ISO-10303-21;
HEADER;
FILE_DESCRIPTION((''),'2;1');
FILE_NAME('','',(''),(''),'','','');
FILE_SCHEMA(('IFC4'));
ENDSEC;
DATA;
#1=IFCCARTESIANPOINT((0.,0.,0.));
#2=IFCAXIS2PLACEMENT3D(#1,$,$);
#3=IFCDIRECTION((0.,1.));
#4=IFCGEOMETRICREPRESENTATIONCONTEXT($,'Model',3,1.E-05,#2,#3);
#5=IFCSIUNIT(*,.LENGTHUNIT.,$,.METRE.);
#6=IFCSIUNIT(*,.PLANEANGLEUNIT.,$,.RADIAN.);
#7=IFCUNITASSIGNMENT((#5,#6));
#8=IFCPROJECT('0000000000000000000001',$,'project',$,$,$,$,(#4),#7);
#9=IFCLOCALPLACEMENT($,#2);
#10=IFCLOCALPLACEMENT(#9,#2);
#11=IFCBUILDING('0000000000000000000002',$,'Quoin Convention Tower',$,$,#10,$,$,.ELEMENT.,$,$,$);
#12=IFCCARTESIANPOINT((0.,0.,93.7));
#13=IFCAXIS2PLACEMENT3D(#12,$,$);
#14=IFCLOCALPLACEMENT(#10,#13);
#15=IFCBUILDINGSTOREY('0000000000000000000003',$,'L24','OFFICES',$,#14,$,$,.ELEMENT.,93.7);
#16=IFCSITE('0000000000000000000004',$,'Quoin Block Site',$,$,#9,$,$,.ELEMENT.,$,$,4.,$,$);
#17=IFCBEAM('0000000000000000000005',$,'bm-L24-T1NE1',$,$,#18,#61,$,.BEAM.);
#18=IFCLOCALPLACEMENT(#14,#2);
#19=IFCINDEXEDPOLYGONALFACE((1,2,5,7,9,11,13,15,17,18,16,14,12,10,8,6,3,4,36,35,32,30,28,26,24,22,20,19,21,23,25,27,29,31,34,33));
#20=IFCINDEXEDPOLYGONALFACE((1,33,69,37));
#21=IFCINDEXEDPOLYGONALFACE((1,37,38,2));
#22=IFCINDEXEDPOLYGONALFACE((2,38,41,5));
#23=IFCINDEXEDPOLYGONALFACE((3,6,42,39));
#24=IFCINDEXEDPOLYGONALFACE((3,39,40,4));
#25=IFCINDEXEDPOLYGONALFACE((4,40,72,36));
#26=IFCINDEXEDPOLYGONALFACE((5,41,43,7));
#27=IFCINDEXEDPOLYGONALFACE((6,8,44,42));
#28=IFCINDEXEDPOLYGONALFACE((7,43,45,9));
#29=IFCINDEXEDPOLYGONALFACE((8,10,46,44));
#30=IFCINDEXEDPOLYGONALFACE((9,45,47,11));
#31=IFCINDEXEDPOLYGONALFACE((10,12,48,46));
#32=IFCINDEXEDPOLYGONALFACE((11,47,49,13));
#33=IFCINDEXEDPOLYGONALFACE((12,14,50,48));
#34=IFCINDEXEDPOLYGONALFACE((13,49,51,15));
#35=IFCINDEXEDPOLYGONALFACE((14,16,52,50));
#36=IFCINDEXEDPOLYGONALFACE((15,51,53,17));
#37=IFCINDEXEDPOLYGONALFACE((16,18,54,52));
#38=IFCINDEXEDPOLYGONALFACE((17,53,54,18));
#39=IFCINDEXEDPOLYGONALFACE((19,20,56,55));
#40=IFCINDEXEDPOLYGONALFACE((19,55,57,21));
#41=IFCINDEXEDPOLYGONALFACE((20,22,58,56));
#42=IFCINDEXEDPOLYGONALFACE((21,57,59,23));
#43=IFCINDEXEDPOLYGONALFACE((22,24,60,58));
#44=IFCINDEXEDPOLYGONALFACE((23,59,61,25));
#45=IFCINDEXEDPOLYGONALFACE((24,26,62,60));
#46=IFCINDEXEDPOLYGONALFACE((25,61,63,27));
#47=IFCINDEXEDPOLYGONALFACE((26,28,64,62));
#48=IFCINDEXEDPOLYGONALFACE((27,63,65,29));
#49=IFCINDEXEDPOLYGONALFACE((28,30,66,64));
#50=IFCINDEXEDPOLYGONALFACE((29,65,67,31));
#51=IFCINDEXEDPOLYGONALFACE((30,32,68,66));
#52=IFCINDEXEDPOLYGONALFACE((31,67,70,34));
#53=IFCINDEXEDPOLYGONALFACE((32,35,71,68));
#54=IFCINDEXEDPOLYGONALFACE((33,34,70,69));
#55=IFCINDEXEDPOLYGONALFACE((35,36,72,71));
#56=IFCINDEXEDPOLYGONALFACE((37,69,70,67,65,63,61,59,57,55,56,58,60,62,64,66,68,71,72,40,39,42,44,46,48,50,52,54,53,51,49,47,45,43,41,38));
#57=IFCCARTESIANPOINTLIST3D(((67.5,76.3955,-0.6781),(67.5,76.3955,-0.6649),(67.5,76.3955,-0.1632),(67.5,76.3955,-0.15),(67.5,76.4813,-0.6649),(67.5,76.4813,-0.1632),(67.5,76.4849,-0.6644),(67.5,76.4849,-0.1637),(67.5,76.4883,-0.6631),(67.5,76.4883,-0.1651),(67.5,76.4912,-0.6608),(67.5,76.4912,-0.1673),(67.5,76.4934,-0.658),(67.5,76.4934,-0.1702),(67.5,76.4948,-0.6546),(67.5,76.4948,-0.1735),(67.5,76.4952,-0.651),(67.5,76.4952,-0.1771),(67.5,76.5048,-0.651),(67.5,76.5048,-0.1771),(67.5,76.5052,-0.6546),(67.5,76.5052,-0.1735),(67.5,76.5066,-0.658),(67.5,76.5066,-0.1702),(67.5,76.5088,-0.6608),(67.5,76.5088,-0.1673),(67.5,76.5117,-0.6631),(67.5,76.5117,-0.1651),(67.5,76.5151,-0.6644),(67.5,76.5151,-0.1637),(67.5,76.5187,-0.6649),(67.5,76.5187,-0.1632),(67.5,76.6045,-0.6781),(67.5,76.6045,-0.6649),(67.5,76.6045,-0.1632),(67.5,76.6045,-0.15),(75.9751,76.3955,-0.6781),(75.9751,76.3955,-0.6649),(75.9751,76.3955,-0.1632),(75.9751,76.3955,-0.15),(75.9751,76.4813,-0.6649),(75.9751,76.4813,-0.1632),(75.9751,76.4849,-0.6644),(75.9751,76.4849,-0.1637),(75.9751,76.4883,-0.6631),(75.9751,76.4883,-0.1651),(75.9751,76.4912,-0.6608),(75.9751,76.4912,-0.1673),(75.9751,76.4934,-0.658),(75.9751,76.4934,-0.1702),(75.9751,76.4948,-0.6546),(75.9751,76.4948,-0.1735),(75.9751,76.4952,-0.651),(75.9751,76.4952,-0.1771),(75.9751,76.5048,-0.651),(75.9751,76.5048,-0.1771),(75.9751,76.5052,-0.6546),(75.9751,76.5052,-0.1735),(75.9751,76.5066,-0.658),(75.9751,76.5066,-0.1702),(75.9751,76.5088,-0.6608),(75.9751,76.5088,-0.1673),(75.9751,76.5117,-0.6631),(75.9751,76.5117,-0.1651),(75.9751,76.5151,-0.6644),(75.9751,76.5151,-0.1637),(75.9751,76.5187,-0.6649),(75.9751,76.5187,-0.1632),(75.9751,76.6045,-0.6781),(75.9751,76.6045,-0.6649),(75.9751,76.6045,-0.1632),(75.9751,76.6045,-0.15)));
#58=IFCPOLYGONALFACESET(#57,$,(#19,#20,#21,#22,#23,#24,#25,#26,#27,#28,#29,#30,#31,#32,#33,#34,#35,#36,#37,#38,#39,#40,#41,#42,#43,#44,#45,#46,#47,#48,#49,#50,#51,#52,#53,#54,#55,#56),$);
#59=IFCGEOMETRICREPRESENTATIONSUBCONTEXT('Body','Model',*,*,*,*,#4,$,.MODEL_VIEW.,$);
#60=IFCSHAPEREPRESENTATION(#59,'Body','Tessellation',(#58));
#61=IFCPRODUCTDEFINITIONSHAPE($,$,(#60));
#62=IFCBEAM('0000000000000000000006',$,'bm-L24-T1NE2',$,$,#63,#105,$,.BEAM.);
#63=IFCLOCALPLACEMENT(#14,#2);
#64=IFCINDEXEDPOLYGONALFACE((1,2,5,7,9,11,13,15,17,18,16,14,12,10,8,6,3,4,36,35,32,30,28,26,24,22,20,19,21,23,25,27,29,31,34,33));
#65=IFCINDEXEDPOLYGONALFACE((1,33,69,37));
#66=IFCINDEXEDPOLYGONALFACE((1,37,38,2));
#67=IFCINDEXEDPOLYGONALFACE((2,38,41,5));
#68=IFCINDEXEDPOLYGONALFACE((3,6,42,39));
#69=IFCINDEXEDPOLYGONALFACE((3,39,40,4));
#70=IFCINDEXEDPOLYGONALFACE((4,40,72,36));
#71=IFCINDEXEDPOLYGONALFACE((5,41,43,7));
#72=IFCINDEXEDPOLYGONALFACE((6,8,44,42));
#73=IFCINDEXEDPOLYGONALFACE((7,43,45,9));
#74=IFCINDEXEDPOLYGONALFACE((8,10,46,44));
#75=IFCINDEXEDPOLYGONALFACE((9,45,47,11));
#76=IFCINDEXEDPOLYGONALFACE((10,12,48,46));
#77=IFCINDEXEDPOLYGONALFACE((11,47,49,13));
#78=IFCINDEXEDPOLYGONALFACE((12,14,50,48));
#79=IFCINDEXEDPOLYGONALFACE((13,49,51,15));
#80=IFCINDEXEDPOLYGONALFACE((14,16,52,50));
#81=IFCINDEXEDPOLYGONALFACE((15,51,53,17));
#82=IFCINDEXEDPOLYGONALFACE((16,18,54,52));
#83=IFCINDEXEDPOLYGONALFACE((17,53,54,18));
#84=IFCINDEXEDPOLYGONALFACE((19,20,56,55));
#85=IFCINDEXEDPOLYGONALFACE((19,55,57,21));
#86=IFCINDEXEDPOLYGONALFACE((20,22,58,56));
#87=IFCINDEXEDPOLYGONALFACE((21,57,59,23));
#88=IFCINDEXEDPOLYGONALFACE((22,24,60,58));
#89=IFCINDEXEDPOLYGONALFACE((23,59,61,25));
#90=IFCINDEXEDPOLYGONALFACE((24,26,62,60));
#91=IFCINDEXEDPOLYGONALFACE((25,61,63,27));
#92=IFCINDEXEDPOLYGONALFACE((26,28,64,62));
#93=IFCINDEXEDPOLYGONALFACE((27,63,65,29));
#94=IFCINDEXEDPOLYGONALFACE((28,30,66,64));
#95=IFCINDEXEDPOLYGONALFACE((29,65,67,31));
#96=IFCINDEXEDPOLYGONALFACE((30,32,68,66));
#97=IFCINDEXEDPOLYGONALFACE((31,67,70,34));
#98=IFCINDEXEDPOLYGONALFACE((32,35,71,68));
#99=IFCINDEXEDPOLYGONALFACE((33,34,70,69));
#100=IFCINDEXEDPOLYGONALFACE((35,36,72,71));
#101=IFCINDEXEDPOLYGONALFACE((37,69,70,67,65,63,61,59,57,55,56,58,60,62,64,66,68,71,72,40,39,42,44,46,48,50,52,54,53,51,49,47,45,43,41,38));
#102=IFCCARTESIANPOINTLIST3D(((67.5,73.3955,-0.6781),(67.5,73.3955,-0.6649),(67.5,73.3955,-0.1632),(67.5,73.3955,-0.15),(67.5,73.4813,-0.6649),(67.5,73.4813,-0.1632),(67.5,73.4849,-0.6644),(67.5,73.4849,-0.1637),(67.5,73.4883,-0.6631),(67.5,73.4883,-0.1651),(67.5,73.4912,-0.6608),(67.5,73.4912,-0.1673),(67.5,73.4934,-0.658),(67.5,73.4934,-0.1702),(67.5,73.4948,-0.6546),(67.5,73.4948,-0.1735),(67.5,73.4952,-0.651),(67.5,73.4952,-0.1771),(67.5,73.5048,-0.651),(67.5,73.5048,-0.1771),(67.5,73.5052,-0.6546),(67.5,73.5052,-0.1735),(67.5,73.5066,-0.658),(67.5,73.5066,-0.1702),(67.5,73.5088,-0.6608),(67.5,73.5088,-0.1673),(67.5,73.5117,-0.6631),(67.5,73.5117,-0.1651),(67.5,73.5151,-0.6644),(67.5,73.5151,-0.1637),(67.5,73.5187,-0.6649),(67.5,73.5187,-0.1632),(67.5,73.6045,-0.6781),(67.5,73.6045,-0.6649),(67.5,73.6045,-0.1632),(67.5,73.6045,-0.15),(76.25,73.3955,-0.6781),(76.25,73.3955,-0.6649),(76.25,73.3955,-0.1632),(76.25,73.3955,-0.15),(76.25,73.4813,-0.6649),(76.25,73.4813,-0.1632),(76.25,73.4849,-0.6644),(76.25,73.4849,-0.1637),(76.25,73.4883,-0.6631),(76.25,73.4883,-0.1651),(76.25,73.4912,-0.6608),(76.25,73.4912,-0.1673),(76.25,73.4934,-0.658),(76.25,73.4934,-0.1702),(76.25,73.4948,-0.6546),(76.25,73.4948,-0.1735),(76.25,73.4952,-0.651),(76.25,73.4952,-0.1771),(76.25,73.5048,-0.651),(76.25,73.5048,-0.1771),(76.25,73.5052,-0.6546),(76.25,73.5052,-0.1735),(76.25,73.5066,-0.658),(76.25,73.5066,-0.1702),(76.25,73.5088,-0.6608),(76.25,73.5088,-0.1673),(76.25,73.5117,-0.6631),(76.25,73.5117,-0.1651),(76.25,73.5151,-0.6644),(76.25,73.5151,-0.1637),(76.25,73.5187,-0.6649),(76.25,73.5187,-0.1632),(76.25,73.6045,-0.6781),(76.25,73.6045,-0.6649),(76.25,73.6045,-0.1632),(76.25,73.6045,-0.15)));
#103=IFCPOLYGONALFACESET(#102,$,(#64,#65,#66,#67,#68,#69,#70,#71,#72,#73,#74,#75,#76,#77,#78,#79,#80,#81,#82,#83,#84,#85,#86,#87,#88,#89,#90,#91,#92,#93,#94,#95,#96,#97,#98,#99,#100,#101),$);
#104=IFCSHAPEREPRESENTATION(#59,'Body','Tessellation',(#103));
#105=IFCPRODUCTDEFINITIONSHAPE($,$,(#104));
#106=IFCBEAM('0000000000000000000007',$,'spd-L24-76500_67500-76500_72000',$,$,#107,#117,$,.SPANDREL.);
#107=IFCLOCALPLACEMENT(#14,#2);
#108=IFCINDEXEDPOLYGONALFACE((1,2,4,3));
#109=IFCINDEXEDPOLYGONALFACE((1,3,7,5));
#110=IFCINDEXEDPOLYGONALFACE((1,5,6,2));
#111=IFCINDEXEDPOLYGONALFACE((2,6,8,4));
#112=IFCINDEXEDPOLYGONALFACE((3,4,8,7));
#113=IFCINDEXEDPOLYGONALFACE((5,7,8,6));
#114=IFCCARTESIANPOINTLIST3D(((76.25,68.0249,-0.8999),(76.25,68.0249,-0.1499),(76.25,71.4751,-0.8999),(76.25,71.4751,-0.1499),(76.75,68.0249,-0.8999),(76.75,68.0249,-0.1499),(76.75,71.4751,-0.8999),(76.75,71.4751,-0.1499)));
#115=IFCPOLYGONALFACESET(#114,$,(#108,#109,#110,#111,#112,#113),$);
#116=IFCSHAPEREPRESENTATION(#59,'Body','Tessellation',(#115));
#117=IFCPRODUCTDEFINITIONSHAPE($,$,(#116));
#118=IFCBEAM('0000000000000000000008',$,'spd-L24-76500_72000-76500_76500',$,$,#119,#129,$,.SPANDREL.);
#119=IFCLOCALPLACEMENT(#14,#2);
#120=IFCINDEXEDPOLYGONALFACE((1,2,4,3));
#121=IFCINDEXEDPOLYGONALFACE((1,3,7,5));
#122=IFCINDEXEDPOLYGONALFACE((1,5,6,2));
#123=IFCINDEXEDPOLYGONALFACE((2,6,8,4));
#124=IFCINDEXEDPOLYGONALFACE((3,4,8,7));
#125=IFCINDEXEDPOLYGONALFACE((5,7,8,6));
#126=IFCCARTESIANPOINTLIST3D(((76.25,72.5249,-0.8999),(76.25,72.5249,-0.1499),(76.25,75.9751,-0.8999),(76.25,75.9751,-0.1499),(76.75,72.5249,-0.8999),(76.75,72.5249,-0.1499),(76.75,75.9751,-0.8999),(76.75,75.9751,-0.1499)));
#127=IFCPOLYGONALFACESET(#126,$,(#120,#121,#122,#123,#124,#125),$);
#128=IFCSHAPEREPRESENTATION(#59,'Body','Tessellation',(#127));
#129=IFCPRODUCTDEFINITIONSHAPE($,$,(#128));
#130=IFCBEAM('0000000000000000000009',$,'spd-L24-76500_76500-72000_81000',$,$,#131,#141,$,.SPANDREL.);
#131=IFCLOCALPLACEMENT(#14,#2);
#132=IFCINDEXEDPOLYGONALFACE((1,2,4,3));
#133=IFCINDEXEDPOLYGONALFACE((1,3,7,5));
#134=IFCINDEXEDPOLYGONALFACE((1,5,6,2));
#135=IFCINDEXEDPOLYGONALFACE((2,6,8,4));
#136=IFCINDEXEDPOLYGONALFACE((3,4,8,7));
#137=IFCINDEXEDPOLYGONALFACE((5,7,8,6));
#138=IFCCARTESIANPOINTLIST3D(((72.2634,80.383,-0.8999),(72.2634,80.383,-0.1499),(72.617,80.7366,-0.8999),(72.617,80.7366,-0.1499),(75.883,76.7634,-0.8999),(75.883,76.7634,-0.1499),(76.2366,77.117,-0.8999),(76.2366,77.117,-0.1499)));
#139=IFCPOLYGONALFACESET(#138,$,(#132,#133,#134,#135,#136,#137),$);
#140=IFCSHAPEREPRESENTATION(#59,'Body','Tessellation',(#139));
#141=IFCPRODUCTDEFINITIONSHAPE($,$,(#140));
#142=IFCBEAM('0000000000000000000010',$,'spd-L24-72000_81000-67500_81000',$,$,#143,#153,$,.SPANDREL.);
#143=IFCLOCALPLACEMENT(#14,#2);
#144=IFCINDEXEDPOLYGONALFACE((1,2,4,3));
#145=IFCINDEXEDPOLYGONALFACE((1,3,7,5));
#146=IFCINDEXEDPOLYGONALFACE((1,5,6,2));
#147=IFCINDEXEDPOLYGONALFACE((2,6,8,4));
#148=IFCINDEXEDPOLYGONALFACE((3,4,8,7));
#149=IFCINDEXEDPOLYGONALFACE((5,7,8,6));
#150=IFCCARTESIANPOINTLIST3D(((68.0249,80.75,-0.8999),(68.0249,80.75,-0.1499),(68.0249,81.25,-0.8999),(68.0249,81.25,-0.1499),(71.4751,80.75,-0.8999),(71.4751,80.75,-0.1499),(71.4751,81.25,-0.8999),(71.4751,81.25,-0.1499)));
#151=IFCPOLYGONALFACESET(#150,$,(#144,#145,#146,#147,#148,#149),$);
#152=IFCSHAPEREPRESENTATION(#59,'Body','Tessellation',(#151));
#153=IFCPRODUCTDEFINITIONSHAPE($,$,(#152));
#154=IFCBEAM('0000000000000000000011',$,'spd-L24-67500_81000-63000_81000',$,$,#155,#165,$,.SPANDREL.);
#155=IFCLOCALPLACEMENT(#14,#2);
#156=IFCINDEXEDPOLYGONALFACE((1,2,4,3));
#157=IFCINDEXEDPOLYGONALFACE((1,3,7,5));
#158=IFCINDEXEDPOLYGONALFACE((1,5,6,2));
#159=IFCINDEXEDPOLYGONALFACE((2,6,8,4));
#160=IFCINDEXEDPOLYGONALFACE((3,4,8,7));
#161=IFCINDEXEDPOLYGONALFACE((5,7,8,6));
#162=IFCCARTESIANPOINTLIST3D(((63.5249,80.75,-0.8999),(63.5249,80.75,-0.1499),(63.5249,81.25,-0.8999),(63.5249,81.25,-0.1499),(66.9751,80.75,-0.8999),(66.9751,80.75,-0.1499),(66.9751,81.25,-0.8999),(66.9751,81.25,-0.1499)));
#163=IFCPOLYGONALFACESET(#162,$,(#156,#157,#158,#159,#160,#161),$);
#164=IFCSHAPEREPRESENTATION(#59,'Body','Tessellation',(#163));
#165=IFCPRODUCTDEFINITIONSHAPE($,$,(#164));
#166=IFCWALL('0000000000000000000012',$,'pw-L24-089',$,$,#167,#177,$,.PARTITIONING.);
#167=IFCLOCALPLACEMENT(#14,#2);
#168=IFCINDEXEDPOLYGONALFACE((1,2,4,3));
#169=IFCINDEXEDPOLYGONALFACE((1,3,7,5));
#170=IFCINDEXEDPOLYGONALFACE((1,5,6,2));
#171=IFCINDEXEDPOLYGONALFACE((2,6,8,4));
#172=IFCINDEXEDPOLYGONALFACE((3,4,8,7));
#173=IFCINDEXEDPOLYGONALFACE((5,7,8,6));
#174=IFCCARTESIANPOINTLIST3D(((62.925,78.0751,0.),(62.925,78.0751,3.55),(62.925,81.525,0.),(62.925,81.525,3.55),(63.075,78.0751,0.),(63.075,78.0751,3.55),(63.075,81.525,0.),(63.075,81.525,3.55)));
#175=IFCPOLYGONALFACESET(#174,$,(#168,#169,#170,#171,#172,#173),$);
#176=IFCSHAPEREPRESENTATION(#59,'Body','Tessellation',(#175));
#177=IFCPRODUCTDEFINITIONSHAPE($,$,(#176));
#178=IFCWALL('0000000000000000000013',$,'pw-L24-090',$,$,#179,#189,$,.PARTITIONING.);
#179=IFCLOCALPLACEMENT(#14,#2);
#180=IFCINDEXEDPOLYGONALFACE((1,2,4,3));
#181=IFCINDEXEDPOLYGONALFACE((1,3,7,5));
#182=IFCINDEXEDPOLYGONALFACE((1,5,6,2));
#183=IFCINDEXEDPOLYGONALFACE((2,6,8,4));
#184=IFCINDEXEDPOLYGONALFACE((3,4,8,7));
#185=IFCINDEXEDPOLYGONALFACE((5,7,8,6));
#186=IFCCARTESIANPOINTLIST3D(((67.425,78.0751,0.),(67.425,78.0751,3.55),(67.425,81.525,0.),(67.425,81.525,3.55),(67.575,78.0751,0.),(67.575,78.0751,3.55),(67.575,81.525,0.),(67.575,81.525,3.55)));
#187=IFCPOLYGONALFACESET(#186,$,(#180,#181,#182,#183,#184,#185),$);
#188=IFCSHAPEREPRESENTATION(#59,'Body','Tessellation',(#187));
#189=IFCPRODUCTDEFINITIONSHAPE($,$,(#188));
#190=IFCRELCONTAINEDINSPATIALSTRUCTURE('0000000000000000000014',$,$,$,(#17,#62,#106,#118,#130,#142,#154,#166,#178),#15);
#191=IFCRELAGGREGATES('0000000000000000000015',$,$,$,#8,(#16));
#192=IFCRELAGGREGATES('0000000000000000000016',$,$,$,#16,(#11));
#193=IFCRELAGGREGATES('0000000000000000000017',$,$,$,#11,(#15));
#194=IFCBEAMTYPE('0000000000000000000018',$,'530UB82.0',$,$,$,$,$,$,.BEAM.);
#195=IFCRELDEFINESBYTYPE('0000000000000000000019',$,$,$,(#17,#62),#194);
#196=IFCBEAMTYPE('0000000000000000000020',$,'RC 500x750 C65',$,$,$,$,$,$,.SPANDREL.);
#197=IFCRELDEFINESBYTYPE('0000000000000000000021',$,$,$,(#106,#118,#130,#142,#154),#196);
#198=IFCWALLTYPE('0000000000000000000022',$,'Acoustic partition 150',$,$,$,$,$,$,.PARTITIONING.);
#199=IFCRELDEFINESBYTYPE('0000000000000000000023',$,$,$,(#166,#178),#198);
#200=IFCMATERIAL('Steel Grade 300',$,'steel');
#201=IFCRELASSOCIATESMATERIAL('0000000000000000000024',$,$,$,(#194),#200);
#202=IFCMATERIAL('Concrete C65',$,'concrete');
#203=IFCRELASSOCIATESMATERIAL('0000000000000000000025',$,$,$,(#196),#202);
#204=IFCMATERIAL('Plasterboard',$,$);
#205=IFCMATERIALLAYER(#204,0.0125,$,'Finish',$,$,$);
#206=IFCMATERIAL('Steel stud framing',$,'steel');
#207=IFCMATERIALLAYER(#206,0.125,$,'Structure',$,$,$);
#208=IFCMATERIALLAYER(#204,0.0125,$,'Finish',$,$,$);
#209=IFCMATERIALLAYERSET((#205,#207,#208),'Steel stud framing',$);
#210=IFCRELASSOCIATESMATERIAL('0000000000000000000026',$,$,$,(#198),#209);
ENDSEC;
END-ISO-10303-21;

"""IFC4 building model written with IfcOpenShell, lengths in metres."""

from ifc_helpers import new_model, si_unit, direction, frame, frame_2d, origin, origin_2d, place, context, subcontext, project, spatial, rectangle, i_section, extrude, material, layer, layer_set, material_profile, profile_set, type_object, element, save


model = new_model("IFC4")

# Units and contexts
model_context = context("Model", 3, precision=1e-05, world=origin(), true_north=direction((0.0, 1.0)))
body_context = subcontext(model_context, "Body", "Model", "MODEL_VIEW")
ifc_project = project(units=[si_unit("LENGTHUNIT", "METRE"), si_unit("PLANEANGLEUNIT", "RADIAN")], contexts=[model_context])

# Site, building, storey
site_placement = place(None, origin())
site = spatial("IfcSite", under=ifc_project, at=site_placement, Name="Quoin Block Site", CompositionType="ELEMENT", RefElevation=4.0)
building_placement = place(site_placement, origin())
building = spatial("IfcBuilding", under=site, at=building_placement, Name="Quoin Convention Tower", CompositionType="ELEMENT")
storey_placement = place(building_placement, frame((0.0, 0.0, 93.7)))
storey = spatial("IfcBuildingStorey", under=building, at=storey_placement, Name="L24", Description="OFFICES", CompositionType="ELEMENT", Elevation=93.7)

# Shared definitions
ifc_material_1 = material(Name="Concrete C65", Category="concrete")

# Beams
ifc_material_2 = material(Name="Steel Grade 300", Category="steel")
ifc_material_profile_1 = material_profile(ifc_material_2, i_section(OverallWidth=0.209, OverallDepth=0.5281, WebThickness=0.0095, FlangeThickness=0.0132, FilletRadius=0.0139, at=origin_2d()), Name="530UB82.0")
ifc_profile_set_1 = profile_set([ifc_material_profile_1], Name="Steel Grade 300")
beam_type_1 = type_object("IfcBeamType", Name="530UB82.0", PredefinedType="BEAM", material=ifc_profile_set_1)
beam_1_placement = place(storey_placement, frame((67.5, 76.5, -0.4141), z_axis=(1.0, 0.0, 0.0), x_axis=(0.0, 1.0, 0.0)))
element("IfcBeam", 1, at=beam_1_placement, inside=storey, type_object=beam_type_1, Name="bm-L24-T1NE1", PredefinedType="BEAM", context=body_context, shape_type="SweptSolid", body=[
    extrude(i_section(OverallWidth=0.209, OverallDepth=0.5281, WebThickness=0.0095, FlangeThickness=0.0132, FilletRadius=0.0139, at=origin_2d()), origin(), (0.0, 0.0, 1.0), 8.4751),
])
beam_2_placement = place(storey_placement, frame((67.5, 73.5, -0.4141), z_axis=(1.0, 0.0, 0.0), x_axis=(0.0, 1.0, 0.0)))
element("IfcBeam", 2, at=beam_2_placement, inside=storey, type_object=beam_type_1, Name="bm-L24-T1NE2", PredefinedType="BEAM", context=body_context, shape_type="SweptSolid", body=[
    extrude(i_section(OverallWidth=0.209, OverallDepth=0.5281, WebThickness=0.0095, FlangeThickness=0.0132, FilletRadius=0.0139, at=origin_2d()), origin(), (0.0, 0.0, 1.0), 8.75),
])
ifc_material_profile_2 = material_profile(ifc_material_1, rectangle(XDim=0.5, YDim=0.75, at=origin_2d()), Name="RC 500x750")
ifc_profile_set_2 = profile_set([ifc_material_profile_2], Name="Concrete C65")
beam_type_2 = type_object("IfcBeamType", Name="RC 500x750 C65", PredefinedType="SPANDREL", material=ifc_profile_set_2)
for number, where, z_axis, x_axis, name in (
    (3, (76.5, 68.0249, -0.5249), (0.0, 1.0, 0.0), (-1.0, 0.0, 0.0), "spd-L24-76500_67500-76500_72000"),
    (4, (76.5, 72.5249, -0.5249), (0.0, 1.0, 0.0), (-1.0, 0.0, 0.0), "spd-L24-76500_72000-76500_76500"),
):
    element("IfcBeam", number, at=place(storey_placement, frame(where, z_axis=z_axis, x_axis=x_axis)), inside=storey, type_object=beam_type_2, Name=name, PredefinedType="SPANDREL", context=body_context, shape_type="SweptSolid", body=[
        extrude(rectangle(XDim=0.5, YDim=0.75, at=origin_2d()), origin(), (0.0, 0.0, 1.0), 3.4502),
    ])
beam_3_placement = place(storey_placement, frame((76.0598, 76.9402, -0.5249), z_axis=(-0.707107, 0.707107, 0.0), x_axis=(-0.707107, -0.707107, 0.0)))
element("IfcBeam", 5, at=beam_3_placement, inside=storey, type_object=beam_type_2, Name="spd-L24-76500_76500-72000_81000", PredefinedType="SPANDREL", context=body_context, shape_type="SweptSolid", body=[
    extrude(rectangle(XDim=0.5, YDim=0.75, at=origin_2d()), origin(), (0.0, 0.0, 1.0), 5.1189),
])
for number, where, z_axis, x_axis, name in (
    (6, (71.4751, 81.0, -0.5249), (-1.0, 0.0, 0.0), (0.0, -1.0, 0.0), "spd-L24-72000_81000-67500_81000"),
    (7, (66.9751, 81.0, -0.5249), (-1.0, 0.0, 0.0), (0.0, -1.0, 0.0), "spd-L24-67500_81000-63000_81000"),
):
    element("IfcBeam", number, at=place(storey_placement, frame(where, z_axis=z_axis, x_axis=x_axis)), inside=storey, type_object=beam_type_2, Name=name, PredefinedType="SPANDREL", context=body_context, shape_type="SweptSolid", body=[
        extrude(rectangle(XDim=0.5, YDim=0.75, at=origin_2d()), origin(), (0.0, 0.0, 1.0), 3.4502),
    ])

# Walls
ifc_material_3 = material(Name="Plasterboard")
ifc_layer_1 = layer(ifc_material_3, 0.0125, Name="Finish")
ifc_material_4 = material(Name="Steel stud framing", Category="steel")
ifc_layer_2 = layer(ifc_material_4, 0.125, Name="Structure")
ifc_layer_3 = layer(ifc_material_3, 0.0125, Name="Finish")
ifc_layer_set_1 = layer_set([ifc_layer_1, ifc_layer_2, ifc_layer_3], Name="Steel stud framing")
wall_type_1 = type_object("IfcWallType", Name="Acoustic partition 150", PredefinedType="PARTITIONING", material=ifc_layer_set_1)
for number, where, z_axis, x_axis, name in (
    (8, (63.0, 78.075, 0.0), (0.0, 0.0, 1.0), (0.0, 1.0, 0.0), "pw-L24-089"),
    (9, (67.5, 78.075, 0.0), (0.0, 0.0, 1.0), (0.0, 1.0, 0.0), "pw-L24-090"),
):
    element("IfcWall", number, at=place(storey_placement, frame(where, z_axis=z_axis, x_axis=x_axis)), inside=storey, type_object=wall_type_1, Name=name, PredefinedType="PARTITIONING", context=body_context, shape_type="SweptSolid", body=[
        extrude(rectangle(XDim=3.45, YDim=0.1499, at=frame_2d((1.7251, 0.0))), origin(), (0.0, 0.0, 1.0), 3.55),
    ])

save(model, "model.ifc")
